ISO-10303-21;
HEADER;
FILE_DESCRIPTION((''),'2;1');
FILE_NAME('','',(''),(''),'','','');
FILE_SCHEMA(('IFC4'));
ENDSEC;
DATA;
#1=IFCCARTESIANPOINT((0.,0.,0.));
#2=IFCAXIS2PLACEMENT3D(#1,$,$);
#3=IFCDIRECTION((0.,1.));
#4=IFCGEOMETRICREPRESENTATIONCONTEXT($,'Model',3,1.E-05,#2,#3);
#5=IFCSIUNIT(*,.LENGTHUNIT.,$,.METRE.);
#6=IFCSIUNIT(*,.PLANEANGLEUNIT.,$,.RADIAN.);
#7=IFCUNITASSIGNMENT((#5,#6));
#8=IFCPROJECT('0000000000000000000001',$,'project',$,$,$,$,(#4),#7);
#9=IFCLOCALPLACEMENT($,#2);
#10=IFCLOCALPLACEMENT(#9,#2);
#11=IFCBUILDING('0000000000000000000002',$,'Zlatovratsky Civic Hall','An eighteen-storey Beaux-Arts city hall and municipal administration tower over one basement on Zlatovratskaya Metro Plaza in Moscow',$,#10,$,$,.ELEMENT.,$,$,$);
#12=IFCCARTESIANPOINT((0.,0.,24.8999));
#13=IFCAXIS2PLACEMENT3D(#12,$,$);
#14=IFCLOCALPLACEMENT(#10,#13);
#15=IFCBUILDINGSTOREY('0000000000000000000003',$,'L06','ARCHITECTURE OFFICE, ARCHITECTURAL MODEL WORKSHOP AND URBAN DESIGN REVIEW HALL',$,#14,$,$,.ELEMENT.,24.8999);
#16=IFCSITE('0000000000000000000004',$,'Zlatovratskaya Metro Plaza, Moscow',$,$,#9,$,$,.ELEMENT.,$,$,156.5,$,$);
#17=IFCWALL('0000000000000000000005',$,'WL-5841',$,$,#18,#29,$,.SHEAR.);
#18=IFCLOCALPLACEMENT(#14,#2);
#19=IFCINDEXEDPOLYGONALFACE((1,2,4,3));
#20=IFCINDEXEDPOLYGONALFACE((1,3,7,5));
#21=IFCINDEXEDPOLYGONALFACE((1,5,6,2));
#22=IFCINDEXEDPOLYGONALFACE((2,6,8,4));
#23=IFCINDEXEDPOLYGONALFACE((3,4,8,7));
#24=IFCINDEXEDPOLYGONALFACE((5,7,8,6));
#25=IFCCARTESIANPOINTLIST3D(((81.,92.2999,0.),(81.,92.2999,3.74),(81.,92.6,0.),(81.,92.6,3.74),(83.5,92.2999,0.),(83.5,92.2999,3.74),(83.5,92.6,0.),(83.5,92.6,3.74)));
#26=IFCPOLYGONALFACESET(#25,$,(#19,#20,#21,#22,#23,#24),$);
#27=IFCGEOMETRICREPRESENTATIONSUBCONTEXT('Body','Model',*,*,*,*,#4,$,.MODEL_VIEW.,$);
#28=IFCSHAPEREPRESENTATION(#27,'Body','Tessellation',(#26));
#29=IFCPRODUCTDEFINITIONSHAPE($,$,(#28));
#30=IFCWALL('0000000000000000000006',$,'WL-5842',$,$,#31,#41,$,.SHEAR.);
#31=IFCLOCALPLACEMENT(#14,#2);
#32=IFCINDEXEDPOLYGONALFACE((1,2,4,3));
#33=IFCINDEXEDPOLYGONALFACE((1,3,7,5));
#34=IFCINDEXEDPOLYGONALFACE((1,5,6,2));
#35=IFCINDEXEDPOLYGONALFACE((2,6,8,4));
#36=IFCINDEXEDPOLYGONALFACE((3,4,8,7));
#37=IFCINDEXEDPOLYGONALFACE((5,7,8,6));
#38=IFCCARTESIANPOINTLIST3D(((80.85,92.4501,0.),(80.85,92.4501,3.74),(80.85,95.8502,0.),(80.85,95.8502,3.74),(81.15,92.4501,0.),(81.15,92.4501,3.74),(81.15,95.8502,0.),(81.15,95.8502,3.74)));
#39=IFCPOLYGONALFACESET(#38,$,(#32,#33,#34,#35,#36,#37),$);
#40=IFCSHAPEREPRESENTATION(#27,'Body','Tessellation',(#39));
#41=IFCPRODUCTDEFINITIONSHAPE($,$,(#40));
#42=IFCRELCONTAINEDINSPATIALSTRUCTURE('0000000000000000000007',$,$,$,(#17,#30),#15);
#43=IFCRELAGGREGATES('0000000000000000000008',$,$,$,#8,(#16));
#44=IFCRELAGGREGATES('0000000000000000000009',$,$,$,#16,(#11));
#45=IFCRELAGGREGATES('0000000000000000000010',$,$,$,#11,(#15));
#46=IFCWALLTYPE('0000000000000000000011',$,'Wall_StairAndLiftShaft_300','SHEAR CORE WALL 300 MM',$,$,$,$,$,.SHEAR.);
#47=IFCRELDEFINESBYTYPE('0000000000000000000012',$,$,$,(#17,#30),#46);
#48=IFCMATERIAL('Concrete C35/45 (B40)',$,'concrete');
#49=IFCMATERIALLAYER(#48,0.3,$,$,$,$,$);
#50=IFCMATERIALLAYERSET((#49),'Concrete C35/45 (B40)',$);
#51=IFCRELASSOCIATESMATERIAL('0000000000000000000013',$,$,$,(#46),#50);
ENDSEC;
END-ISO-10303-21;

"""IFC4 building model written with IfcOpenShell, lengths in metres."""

from ifc_helpers import new_model, si_unit, direction, frame, frame_2d, origin, place, context, subcontext, project, spatial, rectangle, extrude, material, layer, layer_set, type_object, element, save


model = new_model("IFC4")

# Units and contexts
model_context = context("Model", 3, precision=1e-05, world=origin(), true_north=direction((0.0, 1.0)))
body_context = subcontext(model_context, "Body", "Model", "MODEL_VIEW")
ifc_project = project(units=[si_unit("LENGTHUNIT", "METRE"), si_unit("PLANEANGLEUNIT", "RADIAN")], contexts=[model_context])

# Site, building, storey
site_placement = place(None, origin())
site = spatial("IfcSite", under=ifc_project, at=site_placement, Name="Zlatovratskaya Metro Plaza, Moscow", CompositionType="ELEMENT", RefElevation=156.5)
building_placement = place(site_placement, origin())
building = spatial("IfcBuilding", under=site, at=building_placement, Name="Zlatovratsky Civic Hall", Description="An eighteen-storey Beaux-Arts city hall and municipal administration tower over one basement on Zlatovratskaya Metro Plaza in Moscow", CompositionType="ELEMENT")
storey_placement = place(building_placement, frame((0.0, 0.0, 24.8999)))
storey = spatial("IfcBuildingStorey", under=building, at=storey_placement, Name="L06", Description="ARCHITECTURE OFFICE, ARCHITECTURAL MODEL WORKSHOP AND URBAN DESIGN REVIEW HALL", CompositionType="ELEMENT", Elevation=24.8999)

# Shared definitions
ifc_material_1 = material(Name="Concrete C35/45 (B40)", Category="concrete")

# Shared definitions
ifc_layer_1 = layer(ifc_material_1, 0.3)
ifc_layer_set_1 = layer_set([ifc_layer_1], Name="Concrete C35/45 (B40)")
wall_type_1 = type_object("IfcWallType", Name="Wall_StairAndLiftShaft_300", Description="SHEAR CORE WALL 300 MM", PredefinedType="SHEAR", material=ifc_layer_set_1)

# Walls
wall_1_placement = place(storey_placement, frame((81.0, 92.45, 0.0), z_axis=(0.0, 0.0, 1.0), x_axis=(1.0, 0.0, 0.0)))
element("IfcWall", 1, at=wall_1_placement, inside=storey, type_object=wall_type_1, Name="WL-5841", PredefinedType="SHEAR", context=body_context, shape_type="SweptSolid", body=[
    extrude(rectangle(XDim=2.5, YDim=0.3, at=frame_2d((1.25, 0.0))), origin(), (0.0, 0.0, 1.0), 3.74),
])
wall_2_placement = place(storey_placement, frame((81.0, 92.45, 0.0), z_axis=(0.0, 0.0, 1.0), x_axis=(0.0, 1.0, 0.0)))
element("IfcWall", 2, at=wall_2_placement, inside=storey, type_object=wall_type_1, Name="WL-5842", PredefinedType="SHEAR", context=body_context, shape_type="SweptSolid", body=[
    extrude(rectangle(XDim=3.4001, YDim=0.3, at=frame_2d((1.7002, 0.0))), origin(), (0.0, 0.0, 1.0), 3.74),
])

save(model, "model.ifc")
